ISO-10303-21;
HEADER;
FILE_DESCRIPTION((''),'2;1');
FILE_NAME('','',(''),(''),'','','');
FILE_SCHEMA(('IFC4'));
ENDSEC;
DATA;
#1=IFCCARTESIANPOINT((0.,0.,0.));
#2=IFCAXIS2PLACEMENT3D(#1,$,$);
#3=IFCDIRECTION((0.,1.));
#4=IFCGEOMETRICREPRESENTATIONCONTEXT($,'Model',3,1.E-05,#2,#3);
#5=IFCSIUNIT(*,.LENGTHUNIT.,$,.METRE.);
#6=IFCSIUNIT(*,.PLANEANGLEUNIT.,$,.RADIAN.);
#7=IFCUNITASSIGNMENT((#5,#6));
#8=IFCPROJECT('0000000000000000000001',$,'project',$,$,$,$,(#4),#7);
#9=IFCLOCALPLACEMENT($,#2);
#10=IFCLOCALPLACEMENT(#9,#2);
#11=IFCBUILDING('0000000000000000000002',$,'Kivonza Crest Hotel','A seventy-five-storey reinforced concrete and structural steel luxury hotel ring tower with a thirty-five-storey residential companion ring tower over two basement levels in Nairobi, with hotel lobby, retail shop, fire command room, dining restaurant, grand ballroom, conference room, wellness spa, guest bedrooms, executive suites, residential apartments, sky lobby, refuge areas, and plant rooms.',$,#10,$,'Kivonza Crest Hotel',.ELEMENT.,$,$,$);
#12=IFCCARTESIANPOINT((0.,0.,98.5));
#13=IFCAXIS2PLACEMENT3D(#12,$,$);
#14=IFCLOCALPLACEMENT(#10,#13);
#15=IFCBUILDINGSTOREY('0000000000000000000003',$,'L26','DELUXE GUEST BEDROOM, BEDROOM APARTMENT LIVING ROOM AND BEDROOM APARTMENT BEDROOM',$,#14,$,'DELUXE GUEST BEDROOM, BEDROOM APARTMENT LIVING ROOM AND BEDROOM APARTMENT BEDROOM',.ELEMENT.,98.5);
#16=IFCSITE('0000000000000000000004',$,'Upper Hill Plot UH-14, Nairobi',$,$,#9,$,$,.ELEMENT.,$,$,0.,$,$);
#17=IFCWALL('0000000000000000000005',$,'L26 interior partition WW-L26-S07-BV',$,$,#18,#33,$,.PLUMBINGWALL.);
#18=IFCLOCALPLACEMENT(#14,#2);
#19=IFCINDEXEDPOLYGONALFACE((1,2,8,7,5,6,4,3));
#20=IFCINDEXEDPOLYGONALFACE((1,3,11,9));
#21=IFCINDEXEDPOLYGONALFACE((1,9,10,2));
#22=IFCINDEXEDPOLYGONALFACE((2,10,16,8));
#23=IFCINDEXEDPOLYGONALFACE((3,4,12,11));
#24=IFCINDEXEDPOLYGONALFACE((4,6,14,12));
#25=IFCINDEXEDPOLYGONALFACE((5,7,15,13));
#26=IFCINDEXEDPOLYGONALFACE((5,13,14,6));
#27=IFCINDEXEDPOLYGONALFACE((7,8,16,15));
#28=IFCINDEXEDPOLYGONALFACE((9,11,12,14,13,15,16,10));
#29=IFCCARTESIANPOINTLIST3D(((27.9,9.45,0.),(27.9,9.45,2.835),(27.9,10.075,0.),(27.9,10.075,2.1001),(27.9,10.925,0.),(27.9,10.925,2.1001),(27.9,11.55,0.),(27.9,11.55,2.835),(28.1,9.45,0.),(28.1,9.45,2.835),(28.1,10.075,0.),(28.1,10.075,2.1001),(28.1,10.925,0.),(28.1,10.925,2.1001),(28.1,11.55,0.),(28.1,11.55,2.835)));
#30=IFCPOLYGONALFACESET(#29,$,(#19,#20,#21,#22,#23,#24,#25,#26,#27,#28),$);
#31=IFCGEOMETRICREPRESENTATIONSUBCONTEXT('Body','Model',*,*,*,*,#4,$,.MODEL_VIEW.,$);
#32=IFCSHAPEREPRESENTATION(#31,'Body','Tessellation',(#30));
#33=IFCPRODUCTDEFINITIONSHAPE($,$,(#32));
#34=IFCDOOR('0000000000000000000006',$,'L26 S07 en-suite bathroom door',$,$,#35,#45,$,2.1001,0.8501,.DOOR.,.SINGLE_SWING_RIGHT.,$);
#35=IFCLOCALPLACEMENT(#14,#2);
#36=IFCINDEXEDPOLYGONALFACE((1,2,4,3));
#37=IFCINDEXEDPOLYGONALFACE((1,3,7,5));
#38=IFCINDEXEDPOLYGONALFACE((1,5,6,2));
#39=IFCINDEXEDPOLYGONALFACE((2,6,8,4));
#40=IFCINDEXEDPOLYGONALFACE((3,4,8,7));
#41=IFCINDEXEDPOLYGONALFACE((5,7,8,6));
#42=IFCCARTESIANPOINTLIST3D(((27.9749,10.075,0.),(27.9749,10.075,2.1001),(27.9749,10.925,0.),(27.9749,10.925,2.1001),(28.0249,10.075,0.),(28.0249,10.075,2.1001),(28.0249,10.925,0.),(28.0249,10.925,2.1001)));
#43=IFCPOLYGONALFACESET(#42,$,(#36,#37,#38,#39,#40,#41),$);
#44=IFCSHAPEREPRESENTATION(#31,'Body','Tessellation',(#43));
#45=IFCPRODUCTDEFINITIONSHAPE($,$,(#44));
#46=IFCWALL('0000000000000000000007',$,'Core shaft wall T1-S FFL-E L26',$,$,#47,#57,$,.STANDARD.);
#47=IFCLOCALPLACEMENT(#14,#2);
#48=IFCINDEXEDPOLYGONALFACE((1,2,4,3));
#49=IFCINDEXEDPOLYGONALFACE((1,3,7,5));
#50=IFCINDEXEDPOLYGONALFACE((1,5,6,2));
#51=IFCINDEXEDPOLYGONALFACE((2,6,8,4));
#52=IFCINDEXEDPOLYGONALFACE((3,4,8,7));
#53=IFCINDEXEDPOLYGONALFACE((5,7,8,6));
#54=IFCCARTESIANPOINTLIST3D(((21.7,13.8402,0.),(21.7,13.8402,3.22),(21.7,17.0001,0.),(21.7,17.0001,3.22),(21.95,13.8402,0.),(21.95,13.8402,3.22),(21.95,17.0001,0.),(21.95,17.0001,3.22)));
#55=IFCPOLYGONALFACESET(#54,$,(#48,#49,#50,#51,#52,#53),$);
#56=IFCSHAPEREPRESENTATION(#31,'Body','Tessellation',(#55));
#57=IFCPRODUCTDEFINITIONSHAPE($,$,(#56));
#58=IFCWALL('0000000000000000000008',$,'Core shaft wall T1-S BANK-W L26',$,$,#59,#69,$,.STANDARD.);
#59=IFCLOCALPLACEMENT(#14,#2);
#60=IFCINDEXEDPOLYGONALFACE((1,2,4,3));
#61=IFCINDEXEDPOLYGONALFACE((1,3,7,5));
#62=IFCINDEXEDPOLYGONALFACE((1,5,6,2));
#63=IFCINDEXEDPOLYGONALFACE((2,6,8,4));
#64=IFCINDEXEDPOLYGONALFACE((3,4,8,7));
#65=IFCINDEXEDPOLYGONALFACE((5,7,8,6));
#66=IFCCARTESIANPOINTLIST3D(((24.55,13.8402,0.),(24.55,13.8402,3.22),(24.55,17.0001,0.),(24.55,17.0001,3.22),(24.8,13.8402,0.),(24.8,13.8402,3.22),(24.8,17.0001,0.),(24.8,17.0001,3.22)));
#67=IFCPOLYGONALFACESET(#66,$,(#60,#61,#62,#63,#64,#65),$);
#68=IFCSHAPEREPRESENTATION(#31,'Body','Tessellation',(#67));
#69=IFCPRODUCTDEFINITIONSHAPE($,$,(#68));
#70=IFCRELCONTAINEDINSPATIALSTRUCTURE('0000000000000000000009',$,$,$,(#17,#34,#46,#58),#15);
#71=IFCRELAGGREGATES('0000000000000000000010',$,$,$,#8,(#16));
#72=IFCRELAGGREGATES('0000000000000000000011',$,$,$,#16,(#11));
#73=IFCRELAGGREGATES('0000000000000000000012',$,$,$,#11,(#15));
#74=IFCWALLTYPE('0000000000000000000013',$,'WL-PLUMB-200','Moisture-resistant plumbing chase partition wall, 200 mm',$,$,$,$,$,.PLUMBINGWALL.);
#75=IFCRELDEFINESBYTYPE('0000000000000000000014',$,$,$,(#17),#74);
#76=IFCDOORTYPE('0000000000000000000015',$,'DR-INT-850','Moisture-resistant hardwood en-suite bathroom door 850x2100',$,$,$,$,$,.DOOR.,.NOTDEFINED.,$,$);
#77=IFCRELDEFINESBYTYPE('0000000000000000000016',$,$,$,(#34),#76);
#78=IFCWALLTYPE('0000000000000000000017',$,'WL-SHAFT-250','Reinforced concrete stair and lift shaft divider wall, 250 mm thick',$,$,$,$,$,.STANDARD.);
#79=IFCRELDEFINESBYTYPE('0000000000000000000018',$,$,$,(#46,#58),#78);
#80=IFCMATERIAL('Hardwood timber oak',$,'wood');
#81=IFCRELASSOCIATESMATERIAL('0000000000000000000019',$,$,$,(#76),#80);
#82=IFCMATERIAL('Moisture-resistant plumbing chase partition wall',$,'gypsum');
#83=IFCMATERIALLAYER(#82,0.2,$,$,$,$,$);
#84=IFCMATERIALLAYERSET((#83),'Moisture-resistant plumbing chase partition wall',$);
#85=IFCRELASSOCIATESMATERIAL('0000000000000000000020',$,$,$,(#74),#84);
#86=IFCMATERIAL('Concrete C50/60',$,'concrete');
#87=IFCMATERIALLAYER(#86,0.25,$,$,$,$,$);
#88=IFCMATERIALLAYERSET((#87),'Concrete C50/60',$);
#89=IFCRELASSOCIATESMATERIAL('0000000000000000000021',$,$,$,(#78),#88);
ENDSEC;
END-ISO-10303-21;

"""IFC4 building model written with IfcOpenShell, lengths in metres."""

from ifc_helpers import new_model, si_unit, direction, frame, frame_2d, origin, place, context, subcontext, project, spatial, rectangle, extrude, material, layer, layer_set, type_object, element, fill, save


model = new_model("IFC4")

# Units and contexts
model_context = context("Model", 3, precision=1e-05, world=origin(), true_north=direction((0.0, 1.0)))
body_context = subcontext(model_context, "Body", "Model", "MODEL_VIEW")
ifc_project = project(units=[si_unit("LENGTHUNIT", "METRE"), si_unit("PLANEANGLEUNIT", "RADIAN")], contexts=[model_context])

# Site, building, storey
site_placement = place(None, origin())
site = spatial("IfcSite", under=ifc_project, at=site_placement, Name="Upper Hill Plot UH-14, Nairobi", CompositionType="ELEMENT", RefElevation=0.0)
building_placement = place(site_placement, origin())
building = spatial("IfcBuilding", under=site, at=building_placement, Name="Kivonza Crest Hotel", Description="A seventy-five-storey reinforced concrete and structural steel luxury hotel ring tower with a thirty-five-storey residential companion ring tower over two basement levels in Nairobi, with hotel lobby, retail shop, fire command room, dining restaurant, grand ballroom, conference room, wellness spa, guest bedrooms, executive suites, residential apartments, sky lobby, refuge areas, and plant rooms.", LongName="Kivonza Crest Hotel", CompositionType="ELEMENT")
storey_placement = place(building_placement, frame((0.0, 0.0, 98.5)))
storey = spatial("IfcBuildingStorey", under=building, at=storey_placement, Name="L26", Description="DELUXE GUEST BEDROOM, BEDROOM APARTMENT LIVING ROOM AND BEDROOM APARTMENT BEDROOM", LongName="DELUXE GUEST BEDROOM, BEDROOM APARTMENT LIVING ROOM AND BEDROOM APARTMENT BEDROOM", CompositionType="ELEMENT", Elevation=98.5)

# Shared definitions
ifc_material_1 = material(Name="Hardwood timber oak", Category="wood")

# Shared definitions
door_type_1 = type_object("IfcDoorType", Name="DR-INT-850", Description="Moisture-resistant hardwood en-suite bathroom door 850x2100", OperationType="NOTDEFINED", PredefinedType="DOOR", material=ifc_material_1)

# Wall, opening, door
ifc_material_2 = material(Name="Moisture-resistant plumbing chase partition wall", Category="gypsum")
ifc_layer_1 = layer(ifc_material_2, 0.2)
ifc_layer_set_1 = layer_set([ifc_layer_1], Name="Moisture-resistant plumbing chase partition wall")
wall_type_1 = type_object("IfcWallType", Name="WL-PLUMB-200", Description="Moisture-resistant plumbing chase partition wall, 200 mm", PredefinedType="PLUMBINGWALL", material=ifc_layer_set_1)
wall_1_placement = place(storey_placement, frame((28.0, 9.45, 0.0), z_axis=(0.0, 0.0, 1.0), x_axis=(0.0, 1.0, 0.0)))
wall_1 = element("IfcWall", 1, at=wall_1_placement, inside=storey, type_object=wall_type_1, Name="L26 interior partition WW-L26-S07-BV", PredefinedType="PLUMBINGWALL", context=body_context, shape_type="SweptSolid", body=[
    extrude(rectangle(XDim=2.1001, YDim=0.2, at=frame_2d((1.05, 0.0))), origin(), (0.0, 0.0, 1.0), 2.835),
])
opening_1_placement = place(wall_1_placement, frame((0.625, 0.0, 0.0)))
opening_1 = element("IfcOpeningElement", 2, at=opening_1_placement, cuts=wall_1, PredefinedType="OPENING", context=body_context, shape_type="SweptSolid", body=[
    extrude(rectangle(XDim=0.8501, YDim=2.1001, at=frame_2d((0.425, 1.05))), frame((0.0, 0.1099, 0.0), z_axis=(0.0, -1.0, 0.0), x_axis=(1.0, 0.0, 0.0)), (0.0, 0.0, 1.0), 0.22),
])
door_1_placement = place(opening_1_placement, frame((0.8501, 0.0, 0.0), z_axis=(0.0, 0.0, 1.0), x_axis=(-1.0, 0.0, 0.0)))
door_1 = element("IfcDoor", 3, at=door_1_placement, inside=storey, type_object=door_type_1, Name="L26 S07 en-suite bathroom door", OperationType="SINGLE_SWING_RIGHT", OverallHeight=2.1001, OverallWidth=0.8501, PredefinedType="DOOR", context=body_context, shape_type="SweptSolid", body=[
    extrude(rectangle(XDim=0.8501, YDim=2.1001, at=frame_2d((0.425, 1.05))), frame((0.0, 0.0249, 0.0), z_axis=(0.0, -1.0, 0.0), x_axis=(1.0, 0.0, 0.0)), (0.0, 0.0, 1.0), 0.05),
])
fill(opening_1, door_1)
ifc_material_3 = material(Name="Concrete C50/60", Category="concrete")
ifc_layer_2 = layer(ifc_material_3, 0.25)
ifc_layer_set_2 = layer_set([ifc_layer_2], Name="Concrete C50/60")
wall_type_2 = type_object("IfcWallType", Name="WL-SHAFT-250", Description="Reinforced concrete stair and lift shaft divider wall, 250 mm thick", PredefinedType="STANDARD", material=ifc_layer_set_2)

# Walls
for number, where, z_axis, x_axis, name in (
    (4, (21.825, 13.8401, 0.0), (0.0, 0.0, 1.0), (0.0, 1.0, 0.0), "Core shaft wall T1-S FFL-E L26"),
    (5, (24.675, 13.8401, 0.0), (0.0, 0.0, 1.0), (0.0, 1.0, 0.0), "Core shaft wall T1-S BANK-W L26"),
):
    element("IfcWall", number, at=place(storey_placement, frame(where, z_axis=z_axis, x_axis=x_axis)), inside=storey, type_object=wall_type_2, Name=name, PredefinedType="STANDARD", context=body_context, shape_type="SweptSolid", body=[
        extrude(rectangle(XDim=3.1599, YDim=0.25, at=frame_2d((1.5801, 0.0))), origin(), (0.0, 0.0, 1.0), 3.22),
    ])

save(model, "model.ifc")
